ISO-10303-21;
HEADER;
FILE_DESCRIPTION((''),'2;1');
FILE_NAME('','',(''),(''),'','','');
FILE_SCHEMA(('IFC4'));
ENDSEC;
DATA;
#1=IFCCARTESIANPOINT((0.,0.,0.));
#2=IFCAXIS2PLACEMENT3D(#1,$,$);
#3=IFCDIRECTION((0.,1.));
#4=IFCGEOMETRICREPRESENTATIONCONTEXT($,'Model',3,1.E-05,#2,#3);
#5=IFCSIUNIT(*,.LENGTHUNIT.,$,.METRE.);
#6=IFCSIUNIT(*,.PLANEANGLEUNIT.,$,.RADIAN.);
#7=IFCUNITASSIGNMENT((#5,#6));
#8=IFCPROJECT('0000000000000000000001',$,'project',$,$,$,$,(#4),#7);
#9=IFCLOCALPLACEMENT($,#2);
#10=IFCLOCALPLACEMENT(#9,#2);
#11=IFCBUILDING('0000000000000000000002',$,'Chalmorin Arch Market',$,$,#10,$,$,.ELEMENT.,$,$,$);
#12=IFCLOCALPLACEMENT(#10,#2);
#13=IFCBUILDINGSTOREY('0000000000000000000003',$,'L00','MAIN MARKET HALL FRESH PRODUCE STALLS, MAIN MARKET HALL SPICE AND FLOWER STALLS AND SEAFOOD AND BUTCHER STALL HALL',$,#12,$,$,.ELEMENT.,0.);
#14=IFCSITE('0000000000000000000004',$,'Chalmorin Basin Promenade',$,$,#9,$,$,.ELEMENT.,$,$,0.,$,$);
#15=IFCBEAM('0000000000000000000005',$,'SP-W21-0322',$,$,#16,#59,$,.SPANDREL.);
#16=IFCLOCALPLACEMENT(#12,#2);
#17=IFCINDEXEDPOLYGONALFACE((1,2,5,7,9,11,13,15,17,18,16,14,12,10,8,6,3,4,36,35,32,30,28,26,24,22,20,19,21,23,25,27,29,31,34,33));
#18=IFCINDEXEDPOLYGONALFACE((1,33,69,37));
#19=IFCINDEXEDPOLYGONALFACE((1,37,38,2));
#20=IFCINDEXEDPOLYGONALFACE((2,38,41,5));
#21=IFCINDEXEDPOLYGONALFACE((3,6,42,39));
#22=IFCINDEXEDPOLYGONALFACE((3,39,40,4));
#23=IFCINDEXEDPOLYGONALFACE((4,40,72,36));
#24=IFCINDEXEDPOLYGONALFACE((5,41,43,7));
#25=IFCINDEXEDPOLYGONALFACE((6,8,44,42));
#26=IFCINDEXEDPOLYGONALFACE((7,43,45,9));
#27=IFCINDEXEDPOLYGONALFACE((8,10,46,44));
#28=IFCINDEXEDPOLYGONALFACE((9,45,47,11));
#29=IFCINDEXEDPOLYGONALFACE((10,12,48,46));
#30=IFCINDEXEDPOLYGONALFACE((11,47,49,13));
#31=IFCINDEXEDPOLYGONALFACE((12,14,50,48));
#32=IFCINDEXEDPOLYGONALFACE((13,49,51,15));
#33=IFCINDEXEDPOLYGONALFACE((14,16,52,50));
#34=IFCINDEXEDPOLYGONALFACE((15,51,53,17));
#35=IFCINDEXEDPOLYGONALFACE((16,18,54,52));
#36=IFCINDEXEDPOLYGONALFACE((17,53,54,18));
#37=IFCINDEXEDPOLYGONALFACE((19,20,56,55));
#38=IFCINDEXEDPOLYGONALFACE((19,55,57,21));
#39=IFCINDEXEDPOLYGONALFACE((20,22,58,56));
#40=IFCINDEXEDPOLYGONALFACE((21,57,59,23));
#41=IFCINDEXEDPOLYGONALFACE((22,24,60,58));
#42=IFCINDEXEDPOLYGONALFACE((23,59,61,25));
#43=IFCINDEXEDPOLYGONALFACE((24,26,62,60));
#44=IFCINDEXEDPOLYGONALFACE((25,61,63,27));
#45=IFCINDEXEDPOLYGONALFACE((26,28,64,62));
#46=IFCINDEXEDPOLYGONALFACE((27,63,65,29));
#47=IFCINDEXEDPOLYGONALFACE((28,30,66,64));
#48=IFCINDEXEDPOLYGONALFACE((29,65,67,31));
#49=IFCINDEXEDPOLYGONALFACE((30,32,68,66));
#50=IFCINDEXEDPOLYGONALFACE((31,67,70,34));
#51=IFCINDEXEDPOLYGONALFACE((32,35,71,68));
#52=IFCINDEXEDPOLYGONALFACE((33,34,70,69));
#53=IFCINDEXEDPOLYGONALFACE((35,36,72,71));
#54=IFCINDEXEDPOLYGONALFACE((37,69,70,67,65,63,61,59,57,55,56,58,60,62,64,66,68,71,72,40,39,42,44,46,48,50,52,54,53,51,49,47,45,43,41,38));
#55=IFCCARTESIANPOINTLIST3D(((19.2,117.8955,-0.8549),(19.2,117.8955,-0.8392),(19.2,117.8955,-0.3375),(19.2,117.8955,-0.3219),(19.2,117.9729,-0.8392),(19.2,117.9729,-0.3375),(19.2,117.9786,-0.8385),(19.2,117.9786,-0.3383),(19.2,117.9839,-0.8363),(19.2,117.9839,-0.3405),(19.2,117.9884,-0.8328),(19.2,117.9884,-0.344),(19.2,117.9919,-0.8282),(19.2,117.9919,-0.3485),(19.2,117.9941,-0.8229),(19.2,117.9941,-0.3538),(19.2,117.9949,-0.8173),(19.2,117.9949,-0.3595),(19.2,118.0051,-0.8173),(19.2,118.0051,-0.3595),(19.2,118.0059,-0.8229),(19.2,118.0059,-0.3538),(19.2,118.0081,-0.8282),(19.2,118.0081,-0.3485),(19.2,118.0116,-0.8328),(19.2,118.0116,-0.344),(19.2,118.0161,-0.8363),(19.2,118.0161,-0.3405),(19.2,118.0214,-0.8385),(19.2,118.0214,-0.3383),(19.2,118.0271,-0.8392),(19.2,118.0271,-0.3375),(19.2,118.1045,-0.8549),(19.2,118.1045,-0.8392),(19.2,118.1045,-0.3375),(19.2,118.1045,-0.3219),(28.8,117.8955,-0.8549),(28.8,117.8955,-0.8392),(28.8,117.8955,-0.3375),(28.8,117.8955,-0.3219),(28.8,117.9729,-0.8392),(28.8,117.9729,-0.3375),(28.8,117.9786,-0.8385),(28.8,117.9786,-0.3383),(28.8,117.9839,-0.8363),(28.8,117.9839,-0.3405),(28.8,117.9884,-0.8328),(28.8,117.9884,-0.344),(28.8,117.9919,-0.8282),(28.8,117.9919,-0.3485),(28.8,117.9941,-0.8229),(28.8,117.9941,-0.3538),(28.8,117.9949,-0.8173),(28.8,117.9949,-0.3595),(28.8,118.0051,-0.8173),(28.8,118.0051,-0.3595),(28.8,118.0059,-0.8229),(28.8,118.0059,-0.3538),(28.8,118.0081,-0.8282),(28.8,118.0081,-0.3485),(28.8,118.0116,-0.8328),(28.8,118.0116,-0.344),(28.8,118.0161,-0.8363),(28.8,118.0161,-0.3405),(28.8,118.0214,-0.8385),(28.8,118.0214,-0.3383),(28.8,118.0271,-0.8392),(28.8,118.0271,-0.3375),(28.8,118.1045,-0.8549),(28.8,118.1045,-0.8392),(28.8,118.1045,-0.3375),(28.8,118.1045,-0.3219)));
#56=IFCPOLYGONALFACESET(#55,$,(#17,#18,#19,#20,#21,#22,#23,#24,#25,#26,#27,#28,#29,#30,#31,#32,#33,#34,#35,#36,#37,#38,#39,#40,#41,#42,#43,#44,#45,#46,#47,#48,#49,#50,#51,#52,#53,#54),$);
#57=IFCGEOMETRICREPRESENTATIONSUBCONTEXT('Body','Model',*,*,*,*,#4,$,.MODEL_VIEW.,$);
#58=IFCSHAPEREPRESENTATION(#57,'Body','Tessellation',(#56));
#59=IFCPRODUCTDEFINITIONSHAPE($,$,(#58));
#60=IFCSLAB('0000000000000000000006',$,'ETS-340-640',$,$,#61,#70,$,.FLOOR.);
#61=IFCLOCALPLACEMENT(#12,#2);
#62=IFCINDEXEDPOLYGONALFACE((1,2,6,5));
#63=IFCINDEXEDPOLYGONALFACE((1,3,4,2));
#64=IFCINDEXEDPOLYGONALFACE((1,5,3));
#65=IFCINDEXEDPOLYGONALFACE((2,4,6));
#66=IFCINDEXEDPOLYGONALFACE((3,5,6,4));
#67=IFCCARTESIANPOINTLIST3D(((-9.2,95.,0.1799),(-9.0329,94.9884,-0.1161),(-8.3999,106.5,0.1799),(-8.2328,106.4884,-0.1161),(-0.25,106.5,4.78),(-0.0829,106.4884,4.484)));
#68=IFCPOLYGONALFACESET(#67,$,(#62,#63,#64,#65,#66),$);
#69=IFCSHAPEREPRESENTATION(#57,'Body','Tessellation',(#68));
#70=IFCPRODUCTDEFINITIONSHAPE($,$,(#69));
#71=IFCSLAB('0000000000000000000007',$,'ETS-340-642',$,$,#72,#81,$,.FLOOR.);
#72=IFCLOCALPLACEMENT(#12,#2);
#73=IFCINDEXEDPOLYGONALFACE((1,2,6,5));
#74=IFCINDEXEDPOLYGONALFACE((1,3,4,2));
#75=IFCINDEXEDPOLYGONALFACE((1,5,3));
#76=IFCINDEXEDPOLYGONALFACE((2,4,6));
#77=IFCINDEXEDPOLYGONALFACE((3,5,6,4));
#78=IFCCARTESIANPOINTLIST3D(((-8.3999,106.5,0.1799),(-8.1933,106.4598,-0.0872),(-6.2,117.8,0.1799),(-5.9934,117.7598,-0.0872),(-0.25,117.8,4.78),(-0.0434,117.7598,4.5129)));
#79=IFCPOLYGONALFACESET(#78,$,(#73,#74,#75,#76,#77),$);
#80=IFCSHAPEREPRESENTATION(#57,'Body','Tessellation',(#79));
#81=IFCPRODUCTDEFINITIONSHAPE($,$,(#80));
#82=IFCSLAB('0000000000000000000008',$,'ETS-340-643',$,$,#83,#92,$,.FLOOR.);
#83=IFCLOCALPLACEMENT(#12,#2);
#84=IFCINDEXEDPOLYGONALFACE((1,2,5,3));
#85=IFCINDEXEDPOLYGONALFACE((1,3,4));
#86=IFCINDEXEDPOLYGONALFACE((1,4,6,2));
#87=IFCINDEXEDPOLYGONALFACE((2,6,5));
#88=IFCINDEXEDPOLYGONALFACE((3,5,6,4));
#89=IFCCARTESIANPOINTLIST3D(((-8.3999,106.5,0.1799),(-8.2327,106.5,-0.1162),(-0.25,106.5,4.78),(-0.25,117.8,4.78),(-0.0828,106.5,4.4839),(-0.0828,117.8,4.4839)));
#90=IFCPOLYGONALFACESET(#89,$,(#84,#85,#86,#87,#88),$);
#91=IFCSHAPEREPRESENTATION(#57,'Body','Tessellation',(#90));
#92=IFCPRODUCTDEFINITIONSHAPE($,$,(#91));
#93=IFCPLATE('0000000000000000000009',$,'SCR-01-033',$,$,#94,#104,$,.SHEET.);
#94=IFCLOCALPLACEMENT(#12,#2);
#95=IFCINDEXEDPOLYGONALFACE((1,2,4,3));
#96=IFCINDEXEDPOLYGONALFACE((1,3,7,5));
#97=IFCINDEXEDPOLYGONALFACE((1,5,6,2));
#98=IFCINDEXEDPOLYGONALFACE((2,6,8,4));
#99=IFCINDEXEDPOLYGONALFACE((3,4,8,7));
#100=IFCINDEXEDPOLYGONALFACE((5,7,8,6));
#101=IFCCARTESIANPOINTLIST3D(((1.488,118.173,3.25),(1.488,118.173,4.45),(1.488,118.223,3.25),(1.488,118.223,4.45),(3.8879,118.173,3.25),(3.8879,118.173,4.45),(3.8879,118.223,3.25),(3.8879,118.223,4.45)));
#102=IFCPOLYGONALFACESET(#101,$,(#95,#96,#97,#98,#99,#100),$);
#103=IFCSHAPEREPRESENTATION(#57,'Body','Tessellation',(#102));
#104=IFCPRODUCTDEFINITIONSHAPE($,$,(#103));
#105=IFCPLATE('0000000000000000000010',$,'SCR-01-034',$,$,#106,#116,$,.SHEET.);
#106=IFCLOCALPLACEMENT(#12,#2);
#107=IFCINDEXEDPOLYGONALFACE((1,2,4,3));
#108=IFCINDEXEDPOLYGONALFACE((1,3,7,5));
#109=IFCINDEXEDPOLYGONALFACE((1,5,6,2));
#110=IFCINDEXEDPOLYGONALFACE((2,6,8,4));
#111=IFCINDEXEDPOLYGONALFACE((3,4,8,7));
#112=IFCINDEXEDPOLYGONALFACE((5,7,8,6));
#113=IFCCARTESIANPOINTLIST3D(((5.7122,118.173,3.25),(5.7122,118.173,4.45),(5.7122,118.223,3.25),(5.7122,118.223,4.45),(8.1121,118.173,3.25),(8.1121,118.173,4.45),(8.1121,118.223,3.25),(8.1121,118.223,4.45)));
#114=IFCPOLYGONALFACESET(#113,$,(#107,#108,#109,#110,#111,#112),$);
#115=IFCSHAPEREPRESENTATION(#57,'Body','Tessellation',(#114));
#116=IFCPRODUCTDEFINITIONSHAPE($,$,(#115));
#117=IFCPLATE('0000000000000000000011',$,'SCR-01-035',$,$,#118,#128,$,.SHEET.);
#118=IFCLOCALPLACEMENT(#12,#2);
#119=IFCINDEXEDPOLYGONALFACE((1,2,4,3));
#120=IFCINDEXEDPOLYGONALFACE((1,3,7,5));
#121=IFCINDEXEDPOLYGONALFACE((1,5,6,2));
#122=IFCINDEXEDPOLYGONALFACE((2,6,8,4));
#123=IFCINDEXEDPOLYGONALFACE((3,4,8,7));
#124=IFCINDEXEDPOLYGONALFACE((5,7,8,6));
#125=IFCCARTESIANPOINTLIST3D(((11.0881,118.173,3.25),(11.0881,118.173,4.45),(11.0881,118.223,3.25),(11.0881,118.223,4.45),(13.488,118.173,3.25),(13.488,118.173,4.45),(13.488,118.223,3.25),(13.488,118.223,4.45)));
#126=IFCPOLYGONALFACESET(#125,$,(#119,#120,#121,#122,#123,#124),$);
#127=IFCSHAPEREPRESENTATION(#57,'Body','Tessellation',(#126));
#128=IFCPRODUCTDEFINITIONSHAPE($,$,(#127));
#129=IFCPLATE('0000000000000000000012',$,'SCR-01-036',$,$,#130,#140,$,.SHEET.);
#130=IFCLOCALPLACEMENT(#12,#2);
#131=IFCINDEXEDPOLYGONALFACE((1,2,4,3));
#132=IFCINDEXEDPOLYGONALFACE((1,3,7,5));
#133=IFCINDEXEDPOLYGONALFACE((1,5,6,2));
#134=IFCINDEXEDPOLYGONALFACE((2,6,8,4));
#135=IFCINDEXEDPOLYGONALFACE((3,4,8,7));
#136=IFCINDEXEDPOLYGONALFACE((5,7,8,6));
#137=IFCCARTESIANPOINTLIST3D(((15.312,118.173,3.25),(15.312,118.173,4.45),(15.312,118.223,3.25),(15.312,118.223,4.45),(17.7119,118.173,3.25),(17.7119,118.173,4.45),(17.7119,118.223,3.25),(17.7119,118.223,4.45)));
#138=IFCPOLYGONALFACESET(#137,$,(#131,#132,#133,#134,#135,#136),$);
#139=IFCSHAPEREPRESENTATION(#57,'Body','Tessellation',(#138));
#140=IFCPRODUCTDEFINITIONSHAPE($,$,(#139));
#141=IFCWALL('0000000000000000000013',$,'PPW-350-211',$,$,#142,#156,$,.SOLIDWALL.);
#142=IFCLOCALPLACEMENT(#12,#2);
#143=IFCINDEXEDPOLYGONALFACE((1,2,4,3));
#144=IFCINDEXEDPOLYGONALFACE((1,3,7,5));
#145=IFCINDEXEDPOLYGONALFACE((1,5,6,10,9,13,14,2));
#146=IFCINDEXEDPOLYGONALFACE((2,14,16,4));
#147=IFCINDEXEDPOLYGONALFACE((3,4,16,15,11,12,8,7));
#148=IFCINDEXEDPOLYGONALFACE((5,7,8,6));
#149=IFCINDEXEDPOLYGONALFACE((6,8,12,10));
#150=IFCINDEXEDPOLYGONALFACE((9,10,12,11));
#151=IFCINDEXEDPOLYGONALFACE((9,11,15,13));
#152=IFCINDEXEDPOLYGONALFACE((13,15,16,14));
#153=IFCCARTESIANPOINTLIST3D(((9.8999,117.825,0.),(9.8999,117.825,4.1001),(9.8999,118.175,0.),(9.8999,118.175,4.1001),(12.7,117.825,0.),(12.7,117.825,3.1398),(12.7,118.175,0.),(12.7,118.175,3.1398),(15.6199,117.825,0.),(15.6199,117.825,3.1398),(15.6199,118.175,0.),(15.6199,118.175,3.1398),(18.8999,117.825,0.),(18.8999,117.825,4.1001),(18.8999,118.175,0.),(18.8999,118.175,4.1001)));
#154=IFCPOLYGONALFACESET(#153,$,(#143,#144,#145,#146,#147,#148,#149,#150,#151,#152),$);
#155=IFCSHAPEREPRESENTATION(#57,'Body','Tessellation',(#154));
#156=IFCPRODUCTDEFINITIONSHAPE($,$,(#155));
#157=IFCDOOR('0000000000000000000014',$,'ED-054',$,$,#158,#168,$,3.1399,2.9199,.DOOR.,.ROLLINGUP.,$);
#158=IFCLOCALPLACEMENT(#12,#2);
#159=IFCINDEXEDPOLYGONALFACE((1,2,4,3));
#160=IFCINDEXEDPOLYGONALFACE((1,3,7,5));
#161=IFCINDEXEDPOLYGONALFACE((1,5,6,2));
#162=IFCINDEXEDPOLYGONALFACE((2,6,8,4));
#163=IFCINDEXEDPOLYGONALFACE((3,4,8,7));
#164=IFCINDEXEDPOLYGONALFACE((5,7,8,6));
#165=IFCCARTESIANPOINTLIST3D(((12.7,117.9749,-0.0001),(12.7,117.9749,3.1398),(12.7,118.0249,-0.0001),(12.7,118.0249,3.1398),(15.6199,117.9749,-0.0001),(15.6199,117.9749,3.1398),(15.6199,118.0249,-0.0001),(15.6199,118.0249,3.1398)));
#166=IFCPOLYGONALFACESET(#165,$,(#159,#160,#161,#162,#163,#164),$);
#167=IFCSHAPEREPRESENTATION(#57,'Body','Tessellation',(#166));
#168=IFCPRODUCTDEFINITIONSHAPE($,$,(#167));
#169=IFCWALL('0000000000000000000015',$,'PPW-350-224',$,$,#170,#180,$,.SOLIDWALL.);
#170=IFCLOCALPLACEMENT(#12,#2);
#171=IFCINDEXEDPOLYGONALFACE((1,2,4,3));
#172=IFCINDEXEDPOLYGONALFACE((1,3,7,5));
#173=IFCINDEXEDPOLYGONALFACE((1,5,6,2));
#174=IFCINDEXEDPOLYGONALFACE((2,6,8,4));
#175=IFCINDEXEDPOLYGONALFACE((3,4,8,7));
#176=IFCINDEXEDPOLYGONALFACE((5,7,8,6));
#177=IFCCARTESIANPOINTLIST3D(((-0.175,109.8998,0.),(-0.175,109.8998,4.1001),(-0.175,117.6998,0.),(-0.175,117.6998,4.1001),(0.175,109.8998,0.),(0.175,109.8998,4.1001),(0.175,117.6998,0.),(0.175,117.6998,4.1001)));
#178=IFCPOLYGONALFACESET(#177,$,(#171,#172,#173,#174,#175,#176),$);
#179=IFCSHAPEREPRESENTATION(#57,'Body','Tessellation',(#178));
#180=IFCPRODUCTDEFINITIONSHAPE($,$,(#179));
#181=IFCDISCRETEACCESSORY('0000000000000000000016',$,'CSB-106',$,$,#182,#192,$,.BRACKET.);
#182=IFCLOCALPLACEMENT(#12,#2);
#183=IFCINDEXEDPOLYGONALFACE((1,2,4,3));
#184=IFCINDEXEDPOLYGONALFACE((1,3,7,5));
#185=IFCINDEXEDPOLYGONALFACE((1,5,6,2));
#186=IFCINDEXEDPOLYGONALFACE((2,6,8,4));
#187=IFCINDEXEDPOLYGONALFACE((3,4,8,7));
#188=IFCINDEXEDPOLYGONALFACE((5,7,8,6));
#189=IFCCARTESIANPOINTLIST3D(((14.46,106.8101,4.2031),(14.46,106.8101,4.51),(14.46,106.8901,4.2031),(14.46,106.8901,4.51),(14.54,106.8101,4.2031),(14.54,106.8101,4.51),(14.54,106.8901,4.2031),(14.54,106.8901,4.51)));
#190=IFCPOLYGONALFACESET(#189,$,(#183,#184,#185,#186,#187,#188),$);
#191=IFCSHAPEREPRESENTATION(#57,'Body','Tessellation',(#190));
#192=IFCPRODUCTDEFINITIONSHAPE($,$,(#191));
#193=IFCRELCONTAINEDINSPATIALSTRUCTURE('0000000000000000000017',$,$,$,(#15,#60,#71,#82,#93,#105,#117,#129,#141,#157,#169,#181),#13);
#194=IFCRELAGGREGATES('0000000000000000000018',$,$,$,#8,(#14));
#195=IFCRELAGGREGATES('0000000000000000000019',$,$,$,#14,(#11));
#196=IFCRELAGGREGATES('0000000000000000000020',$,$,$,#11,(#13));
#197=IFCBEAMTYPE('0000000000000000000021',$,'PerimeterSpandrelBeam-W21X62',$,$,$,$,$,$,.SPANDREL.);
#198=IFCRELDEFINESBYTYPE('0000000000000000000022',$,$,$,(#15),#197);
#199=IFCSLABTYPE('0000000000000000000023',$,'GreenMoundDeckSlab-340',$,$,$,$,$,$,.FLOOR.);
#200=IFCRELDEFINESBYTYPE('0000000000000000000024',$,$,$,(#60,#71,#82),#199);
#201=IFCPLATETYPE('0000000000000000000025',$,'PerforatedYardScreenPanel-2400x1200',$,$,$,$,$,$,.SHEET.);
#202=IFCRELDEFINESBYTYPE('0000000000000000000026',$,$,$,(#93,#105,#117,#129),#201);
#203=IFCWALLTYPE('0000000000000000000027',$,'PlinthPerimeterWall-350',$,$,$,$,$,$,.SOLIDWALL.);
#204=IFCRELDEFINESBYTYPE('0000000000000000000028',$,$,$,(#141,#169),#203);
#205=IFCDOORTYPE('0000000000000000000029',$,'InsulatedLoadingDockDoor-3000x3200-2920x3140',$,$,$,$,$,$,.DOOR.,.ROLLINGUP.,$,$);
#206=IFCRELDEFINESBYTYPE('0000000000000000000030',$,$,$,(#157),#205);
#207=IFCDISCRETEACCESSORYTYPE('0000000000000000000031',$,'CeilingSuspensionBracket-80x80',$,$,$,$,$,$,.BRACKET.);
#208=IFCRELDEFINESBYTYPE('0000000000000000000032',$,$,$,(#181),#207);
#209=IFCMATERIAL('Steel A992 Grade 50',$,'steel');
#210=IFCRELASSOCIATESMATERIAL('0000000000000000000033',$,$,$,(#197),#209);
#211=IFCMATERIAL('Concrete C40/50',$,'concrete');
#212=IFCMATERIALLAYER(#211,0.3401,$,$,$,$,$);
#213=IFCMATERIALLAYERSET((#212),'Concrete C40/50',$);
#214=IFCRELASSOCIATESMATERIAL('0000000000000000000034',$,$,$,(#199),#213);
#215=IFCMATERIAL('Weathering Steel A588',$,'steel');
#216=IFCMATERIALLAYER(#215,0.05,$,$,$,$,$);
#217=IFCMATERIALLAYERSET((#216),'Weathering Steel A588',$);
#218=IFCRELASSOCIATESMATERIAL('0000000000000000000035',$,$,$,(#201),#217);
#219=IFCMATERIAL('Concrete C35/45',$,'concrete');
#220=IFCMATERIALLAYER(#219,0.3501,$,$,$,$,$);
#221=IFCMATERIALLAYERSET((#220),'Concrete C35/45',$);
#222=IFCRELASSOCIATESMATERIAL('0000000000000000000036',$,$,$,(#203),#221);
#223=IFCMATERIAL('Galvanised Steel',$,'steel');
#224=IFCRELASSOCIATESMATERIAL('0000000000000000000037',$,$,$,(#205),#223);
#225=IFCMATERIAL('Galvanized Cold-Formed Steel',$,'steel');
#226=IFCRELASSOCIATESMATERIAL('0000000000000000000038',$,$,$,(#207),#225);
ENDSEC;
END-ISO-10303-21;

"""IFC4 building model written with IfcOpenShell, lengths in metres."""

from ifc_helpers import new_model, si_unit, direction, frame, frame_2d, origin, origin_2d, place, context, subcontext, project, spatial, polyline, rectangle, i_section, outline, extrude, material, layer, layer_set, material_profile, profile_set, type_object, element, fill, save


model = new_model("IFC4")

# Units and contexts
model_context = context("Model", 3, precision=1e-05, world=origin(), true_north=direction((0.0, 1.0)))
body_context = subcontext(model_context, "Body", "Model", "MODEL_VIEW")
ifc_project = project(units=[si_unit("LENGTHUNIT", "METRE"), si_unit("PLANEANGLEUNIT", "RADIAN")], contexts=[model_context])

# Site, building, storey
site_placement = place(None, origin())
site = spatial("IfcSite", under=ifc_project, at=site_placement, Name="Chalmorin Basin Promenade", CompositionType="ELEMENT", RefElevation=0.0)
building_placement = place(site_placement, origin())
building = spatial("IfcBuilding", under=site, at=building_placement, Name="Chalmorin Arch Market", CompositionType="ELEMENT")
storey_placement = place(building_placement, origin())
storey = spatial("IfcBuildingStorey", under=building, at=storey_placement, Name="L00", Description="MAIN MARKET HALL FRESH PRODUCE STALLS, MAIN MARKET HALL SPICE AND FLOWER STALLS AND SEAFOOD AND BUTCHER STALL HALL", CompositionType="ELEMENT", Elevation=0.0)

# Shared definitions
ifc_material_1 = material(Name="Concrete C40/50", Category="concrete")

# Beam
ifc_material_2 = material(Name="Steel A992 Grade 50", Category="steel")
ifc_material_profile_1 = material_profile(ifc_material_2, i_section(OverallWidth=0.209, OverallDepth=0.533, WebThickness=0.0103, FlangeThickness=0.0156, FilletRadius=0.022, at=origin_2d()), Name="W21X62")
ifc_profile_set_1 = profile_set([ifc_material_profile_1], Name="Steel A992 Grade 50")
beam_type_1 = type_object("IfcBeamType", Name="PerimeterSpandrelBeam-W21X62", PredefinedType="SPANDREL", material=ifc_profile_set_1)
beam_1_placement = place(storey_placement, frame((19.2, 118.0, -0.5884), z_axis=(1.0, 0.0, 0.0), x_axis=(0.0, 1.0, 0.0)))
element("IfcBeam", 1, at=beam_1_placement, inside=storey, type_object=beam_type_1, Name="SP-W21-0322", PredefinedType="SPANDREL", context=body_context, shape_type="SweptSolid", body=[
    extrude(i_section(OverallWidth=0.209, OverallDepth=0.533, WebThickness=0.0103, FlangeThickness=0.0156, FilletRadius=0.022, at=origin_2d()), origin(), (0.0, 0.0, 1.0), 9.6001),
])

# Slabs
ifc_layer_1 = layer(ifc_material_1, 0.3401)
ifc_layer_set_1 = layer_set([ifc_layer_1], Name="Concrete C40/50")
slab_type = type_object("IfcSlabType", Name="GreenMoundDeckSlab-340", PredefinedType="FLOOR", material=ifc_layer_set_1)
slab_1_placement = place(storey_placement, frame((-0.25, 106.5, 4.78), z_axis=(-0.491254, 0.034176, 0.870345), x_axis=(-0.870854, 0.0, -0.491541)))
element("IfcSlab", 2, at=slab_1_placement, inside=storey, type_object=slab_type, Name="ETS-340-640", PredefinedType="FLOOR", context=body_context, shape_type="SweptSolid", body=[
    extrude(outline(polyline([(0.0, 0.0), (9.3585, 0.0), (10.0552, 11.5067), (0.0, 0.0)])), origin(), (0.0, 0.0, -1.0), 0.3401),
])
slab_2_placement = place(storey_placement, frame((-0.25, 117.8, 4.78), z_axis=(-0.607357, 0.118243, 0.78558), x_axis=(-0.79113, 0.0, -0.611648)))
element("IfcSlab", 3, at=slab_2_placement, inside=storey, type_object=slab_type, Name="ETS-340-642", PredefinedType="FLOOR", context=body_context, shape_type="SweptSolid", body=[
    extrude(outline(polyline([(0.0, 0.0), (7.5208, 0.0), (9.2613, 11.3799), (0.0, 0.0)])), origin(), (0.0, 0.0, -1.0), 0.3401),
])
slab_3_placement = place(storey_placement, frame((-0.25, 106.5, 4.78), z_axis=(-0.491541, 0.0, 0.870854), x_axis=(0.0, 1.0, 0.0)))
element("IfcSlab", 4, at=slab_3_placement, inside=storey, type_object=slab_type, Name="ETS-340-643", PredefinedType="FLOOR", context=body_context, shape_type="SweptSolid", body=[
    extrude(outline(polyline([(0.0, 0.0), (11.3, 0.0), (0.0, 9.3585), (0.0, 0.0)])), origin(), (0.0, 0.0, -1.0), 0.3401),
])

# Plates
ifc_material_3 = material(Name="Weathering Steel A588", Category="steel")
ifc_layer_2 = layer(ifc_material_3, 0.05)
ifc_layer_set_2 = layer_set([ifc_layer_2], Name="Weathering Steel A588")
plate_type = type_object("IfcPlateType", Name="PerforatedYardScreenPanel-2400x1200", PredefinedType="SHEET", material=ifc_layer_set_2)
for number, where, z_axis, x_axis, name in (
    (5, (2.688, 118.198, 3.25), (0.0, 0.0, 1.0), (1.0, 0.0, 0.0), "SCR-01-033"),
    (6, (6.9121, 118.198, 3.25), (0.0, 0.0, 1.0), (1.0, 0.0, 0.0), "SCR-01-034"),
    (7, (12.2881, 118.198, 3.25), (0.0, 0.0, 1.0), (1.0, 0.0, 0.0), "SCR-01-035"),
    (8, (16.512, 118.198, 3.25), (0.0, 0.0, 1.0), (1.0, 0.0, 0.0), "SCR-01-036"),
):
    element("IfcPlate", number, at=place(storey_placement, frame(where, z_axis=z_axis, x_axis=x_axis)), inside=storey, type_object=plate_type, Name=name, PredefinedType="SHEET", context=body_context, shape_type="SweptSolid", body=[
        extrude(rectangle(XDim=2.3999, YDim=0.05, at=origin_2d()), origin(), (0.0, 0.0, 1.0), 1.2),
    ])

# Wall, opening, door
ifc_material_4 = material(Name="Concrete C35/45", Category="concrete")
ifc_layer_3 = layer(ifc_material_4, 0.3501)
ifc_layer_set_3 = layer_set([ifc_layer_3], Name="Concrete C35/45")
wall_type = type_object("IfcWallType", Name="PlinthPerimeterWall-350", PredefinedType="SOLIDWALL", material=ifc_layer_set_3)
ifc_material_5 = material(Name="Galvanised Steel", Category="steel")
wall_1_placement = place(storey_placement, frame((9.8999, 118.0, 0.0), z_axis=(0.0, 0.0, 1.0), x_axis=(1.0, 0.0, 0.0)))
wall_1 = element("IfcWall", 9, at=wall_1_placement, inside=storey, type_object=wall_type, Name="PPW-350-211", PredefinedType="SOLIDWALL", context=body_context, shape_type="SweptSolid", body=[
    extrude(rectangle(XDim=9.0, YDim=0.3501, at=frame_2d((4.5, 0.0))), origin(), (0.0, 0.0, 1.0), 4.1001),
])
opening_1_placement = place(wall_1_placement, frame((2.8, 0.0, 0.0)))
opening_1 = element("IfcOpeningElement", 10, at=opening_1_placement, cuts=wall_1, PredefinedType="OPENING", context=body_context, shape_type="SweptSolid", body=[
    extrude(rectangle(XDim=2.9199, YDim=3.1399, at=frame_2d((1.46, 1.5698))), frame((0.0, 0.1851, 0.0), z_axis=(0.0, -1.0, 0.0), x_axis=(1.0, 0.0, 0.0)), (0.0, 0.0, 1.0), 0.3701),
])
door_type_1 = type_object("IfcDoorType", Name="InsulatedLoadingDockDoor-3000x3200-2920x3140", OperationType="ROLLINGUP", PredefinedType="DOOR", material=ifc_material_5)
door_1_placement = place(opening_1_placement, origin())
door_1 = element("IfcDoor", 11, at=door_1_placement, inside=storey, type_object=door_type_1, Name="ED-054", OperationType="ROLLINGUP", OverallHeight=3.1399, OverallWidth=2.9199, PredefinedType="DOOR", context=body_context, shape_type="SweptSolid", body=[
    extrude(rectangle(XDim=2.9199, YDim=3.1399, at=frame_2d((1.46, 1.5698))), frame((0.0, 0.0249, 0.0), z_axis=(0.0, -1.0, 0.0), x_axis=(1.0, 0.0, 0.0)), (0.0, 0.0, 1.0), 0.05),
])
fill(opening_1, door_1)

# Wall
wall_2_placement = place(storey_placement, frame((0.0, 109.8999, 0.0), z_axis=(0.0, 0.0, 1.0), x_axis=(0.0, 1.0, 0.0)))
element("IfcWall", 12, at=wall_2_placement, inside=storey, type_object=wall_type, Name="PPW-350-224", PredefinedType="SOLIDWALL", context=body_context, shape_type="SweptSolid", body=[
    extrude(rectangle(XDim=7.8, YDim=0.3501, at=frame_2d((3.8999, 0.0))), origin(), (0.0, 0.0, 1.0), 4.1001),
])

# Discrete accessory
ifc_material_6 = material(Name="Galvanized Cold-Formed Steel", Category="steel")
discrete_accessory_type = type_object("IfcDiscreteAccessoryType", Name="CeilingSuspensionBracket-80x80", PredefinedType="BRACKET", material=ifc_material_6)
discrete_accessory_placement = place(storey_placement, frame((14.5, 106.8501, 4.2031), z_axis=(0.0, 0.0, 1.0), x_axis=(1.0, 0.0, 0.0)))
element("IfcDiscreteAccessory", 13, at=discrete_accessory_placement, inside=storey, type_object=discrete_accessory_type, Name="CSB-106", PredefinedType="BRACKET", context=body_context, shape_type="SweptSolid", body=[
    extrude(rectangle(XDim=0.0801, YDim=0.0801, at=origin_2d()), origin(), (0.0, 0.0, 1.0), 0.3069),
])

save(model, "model.ifc")
